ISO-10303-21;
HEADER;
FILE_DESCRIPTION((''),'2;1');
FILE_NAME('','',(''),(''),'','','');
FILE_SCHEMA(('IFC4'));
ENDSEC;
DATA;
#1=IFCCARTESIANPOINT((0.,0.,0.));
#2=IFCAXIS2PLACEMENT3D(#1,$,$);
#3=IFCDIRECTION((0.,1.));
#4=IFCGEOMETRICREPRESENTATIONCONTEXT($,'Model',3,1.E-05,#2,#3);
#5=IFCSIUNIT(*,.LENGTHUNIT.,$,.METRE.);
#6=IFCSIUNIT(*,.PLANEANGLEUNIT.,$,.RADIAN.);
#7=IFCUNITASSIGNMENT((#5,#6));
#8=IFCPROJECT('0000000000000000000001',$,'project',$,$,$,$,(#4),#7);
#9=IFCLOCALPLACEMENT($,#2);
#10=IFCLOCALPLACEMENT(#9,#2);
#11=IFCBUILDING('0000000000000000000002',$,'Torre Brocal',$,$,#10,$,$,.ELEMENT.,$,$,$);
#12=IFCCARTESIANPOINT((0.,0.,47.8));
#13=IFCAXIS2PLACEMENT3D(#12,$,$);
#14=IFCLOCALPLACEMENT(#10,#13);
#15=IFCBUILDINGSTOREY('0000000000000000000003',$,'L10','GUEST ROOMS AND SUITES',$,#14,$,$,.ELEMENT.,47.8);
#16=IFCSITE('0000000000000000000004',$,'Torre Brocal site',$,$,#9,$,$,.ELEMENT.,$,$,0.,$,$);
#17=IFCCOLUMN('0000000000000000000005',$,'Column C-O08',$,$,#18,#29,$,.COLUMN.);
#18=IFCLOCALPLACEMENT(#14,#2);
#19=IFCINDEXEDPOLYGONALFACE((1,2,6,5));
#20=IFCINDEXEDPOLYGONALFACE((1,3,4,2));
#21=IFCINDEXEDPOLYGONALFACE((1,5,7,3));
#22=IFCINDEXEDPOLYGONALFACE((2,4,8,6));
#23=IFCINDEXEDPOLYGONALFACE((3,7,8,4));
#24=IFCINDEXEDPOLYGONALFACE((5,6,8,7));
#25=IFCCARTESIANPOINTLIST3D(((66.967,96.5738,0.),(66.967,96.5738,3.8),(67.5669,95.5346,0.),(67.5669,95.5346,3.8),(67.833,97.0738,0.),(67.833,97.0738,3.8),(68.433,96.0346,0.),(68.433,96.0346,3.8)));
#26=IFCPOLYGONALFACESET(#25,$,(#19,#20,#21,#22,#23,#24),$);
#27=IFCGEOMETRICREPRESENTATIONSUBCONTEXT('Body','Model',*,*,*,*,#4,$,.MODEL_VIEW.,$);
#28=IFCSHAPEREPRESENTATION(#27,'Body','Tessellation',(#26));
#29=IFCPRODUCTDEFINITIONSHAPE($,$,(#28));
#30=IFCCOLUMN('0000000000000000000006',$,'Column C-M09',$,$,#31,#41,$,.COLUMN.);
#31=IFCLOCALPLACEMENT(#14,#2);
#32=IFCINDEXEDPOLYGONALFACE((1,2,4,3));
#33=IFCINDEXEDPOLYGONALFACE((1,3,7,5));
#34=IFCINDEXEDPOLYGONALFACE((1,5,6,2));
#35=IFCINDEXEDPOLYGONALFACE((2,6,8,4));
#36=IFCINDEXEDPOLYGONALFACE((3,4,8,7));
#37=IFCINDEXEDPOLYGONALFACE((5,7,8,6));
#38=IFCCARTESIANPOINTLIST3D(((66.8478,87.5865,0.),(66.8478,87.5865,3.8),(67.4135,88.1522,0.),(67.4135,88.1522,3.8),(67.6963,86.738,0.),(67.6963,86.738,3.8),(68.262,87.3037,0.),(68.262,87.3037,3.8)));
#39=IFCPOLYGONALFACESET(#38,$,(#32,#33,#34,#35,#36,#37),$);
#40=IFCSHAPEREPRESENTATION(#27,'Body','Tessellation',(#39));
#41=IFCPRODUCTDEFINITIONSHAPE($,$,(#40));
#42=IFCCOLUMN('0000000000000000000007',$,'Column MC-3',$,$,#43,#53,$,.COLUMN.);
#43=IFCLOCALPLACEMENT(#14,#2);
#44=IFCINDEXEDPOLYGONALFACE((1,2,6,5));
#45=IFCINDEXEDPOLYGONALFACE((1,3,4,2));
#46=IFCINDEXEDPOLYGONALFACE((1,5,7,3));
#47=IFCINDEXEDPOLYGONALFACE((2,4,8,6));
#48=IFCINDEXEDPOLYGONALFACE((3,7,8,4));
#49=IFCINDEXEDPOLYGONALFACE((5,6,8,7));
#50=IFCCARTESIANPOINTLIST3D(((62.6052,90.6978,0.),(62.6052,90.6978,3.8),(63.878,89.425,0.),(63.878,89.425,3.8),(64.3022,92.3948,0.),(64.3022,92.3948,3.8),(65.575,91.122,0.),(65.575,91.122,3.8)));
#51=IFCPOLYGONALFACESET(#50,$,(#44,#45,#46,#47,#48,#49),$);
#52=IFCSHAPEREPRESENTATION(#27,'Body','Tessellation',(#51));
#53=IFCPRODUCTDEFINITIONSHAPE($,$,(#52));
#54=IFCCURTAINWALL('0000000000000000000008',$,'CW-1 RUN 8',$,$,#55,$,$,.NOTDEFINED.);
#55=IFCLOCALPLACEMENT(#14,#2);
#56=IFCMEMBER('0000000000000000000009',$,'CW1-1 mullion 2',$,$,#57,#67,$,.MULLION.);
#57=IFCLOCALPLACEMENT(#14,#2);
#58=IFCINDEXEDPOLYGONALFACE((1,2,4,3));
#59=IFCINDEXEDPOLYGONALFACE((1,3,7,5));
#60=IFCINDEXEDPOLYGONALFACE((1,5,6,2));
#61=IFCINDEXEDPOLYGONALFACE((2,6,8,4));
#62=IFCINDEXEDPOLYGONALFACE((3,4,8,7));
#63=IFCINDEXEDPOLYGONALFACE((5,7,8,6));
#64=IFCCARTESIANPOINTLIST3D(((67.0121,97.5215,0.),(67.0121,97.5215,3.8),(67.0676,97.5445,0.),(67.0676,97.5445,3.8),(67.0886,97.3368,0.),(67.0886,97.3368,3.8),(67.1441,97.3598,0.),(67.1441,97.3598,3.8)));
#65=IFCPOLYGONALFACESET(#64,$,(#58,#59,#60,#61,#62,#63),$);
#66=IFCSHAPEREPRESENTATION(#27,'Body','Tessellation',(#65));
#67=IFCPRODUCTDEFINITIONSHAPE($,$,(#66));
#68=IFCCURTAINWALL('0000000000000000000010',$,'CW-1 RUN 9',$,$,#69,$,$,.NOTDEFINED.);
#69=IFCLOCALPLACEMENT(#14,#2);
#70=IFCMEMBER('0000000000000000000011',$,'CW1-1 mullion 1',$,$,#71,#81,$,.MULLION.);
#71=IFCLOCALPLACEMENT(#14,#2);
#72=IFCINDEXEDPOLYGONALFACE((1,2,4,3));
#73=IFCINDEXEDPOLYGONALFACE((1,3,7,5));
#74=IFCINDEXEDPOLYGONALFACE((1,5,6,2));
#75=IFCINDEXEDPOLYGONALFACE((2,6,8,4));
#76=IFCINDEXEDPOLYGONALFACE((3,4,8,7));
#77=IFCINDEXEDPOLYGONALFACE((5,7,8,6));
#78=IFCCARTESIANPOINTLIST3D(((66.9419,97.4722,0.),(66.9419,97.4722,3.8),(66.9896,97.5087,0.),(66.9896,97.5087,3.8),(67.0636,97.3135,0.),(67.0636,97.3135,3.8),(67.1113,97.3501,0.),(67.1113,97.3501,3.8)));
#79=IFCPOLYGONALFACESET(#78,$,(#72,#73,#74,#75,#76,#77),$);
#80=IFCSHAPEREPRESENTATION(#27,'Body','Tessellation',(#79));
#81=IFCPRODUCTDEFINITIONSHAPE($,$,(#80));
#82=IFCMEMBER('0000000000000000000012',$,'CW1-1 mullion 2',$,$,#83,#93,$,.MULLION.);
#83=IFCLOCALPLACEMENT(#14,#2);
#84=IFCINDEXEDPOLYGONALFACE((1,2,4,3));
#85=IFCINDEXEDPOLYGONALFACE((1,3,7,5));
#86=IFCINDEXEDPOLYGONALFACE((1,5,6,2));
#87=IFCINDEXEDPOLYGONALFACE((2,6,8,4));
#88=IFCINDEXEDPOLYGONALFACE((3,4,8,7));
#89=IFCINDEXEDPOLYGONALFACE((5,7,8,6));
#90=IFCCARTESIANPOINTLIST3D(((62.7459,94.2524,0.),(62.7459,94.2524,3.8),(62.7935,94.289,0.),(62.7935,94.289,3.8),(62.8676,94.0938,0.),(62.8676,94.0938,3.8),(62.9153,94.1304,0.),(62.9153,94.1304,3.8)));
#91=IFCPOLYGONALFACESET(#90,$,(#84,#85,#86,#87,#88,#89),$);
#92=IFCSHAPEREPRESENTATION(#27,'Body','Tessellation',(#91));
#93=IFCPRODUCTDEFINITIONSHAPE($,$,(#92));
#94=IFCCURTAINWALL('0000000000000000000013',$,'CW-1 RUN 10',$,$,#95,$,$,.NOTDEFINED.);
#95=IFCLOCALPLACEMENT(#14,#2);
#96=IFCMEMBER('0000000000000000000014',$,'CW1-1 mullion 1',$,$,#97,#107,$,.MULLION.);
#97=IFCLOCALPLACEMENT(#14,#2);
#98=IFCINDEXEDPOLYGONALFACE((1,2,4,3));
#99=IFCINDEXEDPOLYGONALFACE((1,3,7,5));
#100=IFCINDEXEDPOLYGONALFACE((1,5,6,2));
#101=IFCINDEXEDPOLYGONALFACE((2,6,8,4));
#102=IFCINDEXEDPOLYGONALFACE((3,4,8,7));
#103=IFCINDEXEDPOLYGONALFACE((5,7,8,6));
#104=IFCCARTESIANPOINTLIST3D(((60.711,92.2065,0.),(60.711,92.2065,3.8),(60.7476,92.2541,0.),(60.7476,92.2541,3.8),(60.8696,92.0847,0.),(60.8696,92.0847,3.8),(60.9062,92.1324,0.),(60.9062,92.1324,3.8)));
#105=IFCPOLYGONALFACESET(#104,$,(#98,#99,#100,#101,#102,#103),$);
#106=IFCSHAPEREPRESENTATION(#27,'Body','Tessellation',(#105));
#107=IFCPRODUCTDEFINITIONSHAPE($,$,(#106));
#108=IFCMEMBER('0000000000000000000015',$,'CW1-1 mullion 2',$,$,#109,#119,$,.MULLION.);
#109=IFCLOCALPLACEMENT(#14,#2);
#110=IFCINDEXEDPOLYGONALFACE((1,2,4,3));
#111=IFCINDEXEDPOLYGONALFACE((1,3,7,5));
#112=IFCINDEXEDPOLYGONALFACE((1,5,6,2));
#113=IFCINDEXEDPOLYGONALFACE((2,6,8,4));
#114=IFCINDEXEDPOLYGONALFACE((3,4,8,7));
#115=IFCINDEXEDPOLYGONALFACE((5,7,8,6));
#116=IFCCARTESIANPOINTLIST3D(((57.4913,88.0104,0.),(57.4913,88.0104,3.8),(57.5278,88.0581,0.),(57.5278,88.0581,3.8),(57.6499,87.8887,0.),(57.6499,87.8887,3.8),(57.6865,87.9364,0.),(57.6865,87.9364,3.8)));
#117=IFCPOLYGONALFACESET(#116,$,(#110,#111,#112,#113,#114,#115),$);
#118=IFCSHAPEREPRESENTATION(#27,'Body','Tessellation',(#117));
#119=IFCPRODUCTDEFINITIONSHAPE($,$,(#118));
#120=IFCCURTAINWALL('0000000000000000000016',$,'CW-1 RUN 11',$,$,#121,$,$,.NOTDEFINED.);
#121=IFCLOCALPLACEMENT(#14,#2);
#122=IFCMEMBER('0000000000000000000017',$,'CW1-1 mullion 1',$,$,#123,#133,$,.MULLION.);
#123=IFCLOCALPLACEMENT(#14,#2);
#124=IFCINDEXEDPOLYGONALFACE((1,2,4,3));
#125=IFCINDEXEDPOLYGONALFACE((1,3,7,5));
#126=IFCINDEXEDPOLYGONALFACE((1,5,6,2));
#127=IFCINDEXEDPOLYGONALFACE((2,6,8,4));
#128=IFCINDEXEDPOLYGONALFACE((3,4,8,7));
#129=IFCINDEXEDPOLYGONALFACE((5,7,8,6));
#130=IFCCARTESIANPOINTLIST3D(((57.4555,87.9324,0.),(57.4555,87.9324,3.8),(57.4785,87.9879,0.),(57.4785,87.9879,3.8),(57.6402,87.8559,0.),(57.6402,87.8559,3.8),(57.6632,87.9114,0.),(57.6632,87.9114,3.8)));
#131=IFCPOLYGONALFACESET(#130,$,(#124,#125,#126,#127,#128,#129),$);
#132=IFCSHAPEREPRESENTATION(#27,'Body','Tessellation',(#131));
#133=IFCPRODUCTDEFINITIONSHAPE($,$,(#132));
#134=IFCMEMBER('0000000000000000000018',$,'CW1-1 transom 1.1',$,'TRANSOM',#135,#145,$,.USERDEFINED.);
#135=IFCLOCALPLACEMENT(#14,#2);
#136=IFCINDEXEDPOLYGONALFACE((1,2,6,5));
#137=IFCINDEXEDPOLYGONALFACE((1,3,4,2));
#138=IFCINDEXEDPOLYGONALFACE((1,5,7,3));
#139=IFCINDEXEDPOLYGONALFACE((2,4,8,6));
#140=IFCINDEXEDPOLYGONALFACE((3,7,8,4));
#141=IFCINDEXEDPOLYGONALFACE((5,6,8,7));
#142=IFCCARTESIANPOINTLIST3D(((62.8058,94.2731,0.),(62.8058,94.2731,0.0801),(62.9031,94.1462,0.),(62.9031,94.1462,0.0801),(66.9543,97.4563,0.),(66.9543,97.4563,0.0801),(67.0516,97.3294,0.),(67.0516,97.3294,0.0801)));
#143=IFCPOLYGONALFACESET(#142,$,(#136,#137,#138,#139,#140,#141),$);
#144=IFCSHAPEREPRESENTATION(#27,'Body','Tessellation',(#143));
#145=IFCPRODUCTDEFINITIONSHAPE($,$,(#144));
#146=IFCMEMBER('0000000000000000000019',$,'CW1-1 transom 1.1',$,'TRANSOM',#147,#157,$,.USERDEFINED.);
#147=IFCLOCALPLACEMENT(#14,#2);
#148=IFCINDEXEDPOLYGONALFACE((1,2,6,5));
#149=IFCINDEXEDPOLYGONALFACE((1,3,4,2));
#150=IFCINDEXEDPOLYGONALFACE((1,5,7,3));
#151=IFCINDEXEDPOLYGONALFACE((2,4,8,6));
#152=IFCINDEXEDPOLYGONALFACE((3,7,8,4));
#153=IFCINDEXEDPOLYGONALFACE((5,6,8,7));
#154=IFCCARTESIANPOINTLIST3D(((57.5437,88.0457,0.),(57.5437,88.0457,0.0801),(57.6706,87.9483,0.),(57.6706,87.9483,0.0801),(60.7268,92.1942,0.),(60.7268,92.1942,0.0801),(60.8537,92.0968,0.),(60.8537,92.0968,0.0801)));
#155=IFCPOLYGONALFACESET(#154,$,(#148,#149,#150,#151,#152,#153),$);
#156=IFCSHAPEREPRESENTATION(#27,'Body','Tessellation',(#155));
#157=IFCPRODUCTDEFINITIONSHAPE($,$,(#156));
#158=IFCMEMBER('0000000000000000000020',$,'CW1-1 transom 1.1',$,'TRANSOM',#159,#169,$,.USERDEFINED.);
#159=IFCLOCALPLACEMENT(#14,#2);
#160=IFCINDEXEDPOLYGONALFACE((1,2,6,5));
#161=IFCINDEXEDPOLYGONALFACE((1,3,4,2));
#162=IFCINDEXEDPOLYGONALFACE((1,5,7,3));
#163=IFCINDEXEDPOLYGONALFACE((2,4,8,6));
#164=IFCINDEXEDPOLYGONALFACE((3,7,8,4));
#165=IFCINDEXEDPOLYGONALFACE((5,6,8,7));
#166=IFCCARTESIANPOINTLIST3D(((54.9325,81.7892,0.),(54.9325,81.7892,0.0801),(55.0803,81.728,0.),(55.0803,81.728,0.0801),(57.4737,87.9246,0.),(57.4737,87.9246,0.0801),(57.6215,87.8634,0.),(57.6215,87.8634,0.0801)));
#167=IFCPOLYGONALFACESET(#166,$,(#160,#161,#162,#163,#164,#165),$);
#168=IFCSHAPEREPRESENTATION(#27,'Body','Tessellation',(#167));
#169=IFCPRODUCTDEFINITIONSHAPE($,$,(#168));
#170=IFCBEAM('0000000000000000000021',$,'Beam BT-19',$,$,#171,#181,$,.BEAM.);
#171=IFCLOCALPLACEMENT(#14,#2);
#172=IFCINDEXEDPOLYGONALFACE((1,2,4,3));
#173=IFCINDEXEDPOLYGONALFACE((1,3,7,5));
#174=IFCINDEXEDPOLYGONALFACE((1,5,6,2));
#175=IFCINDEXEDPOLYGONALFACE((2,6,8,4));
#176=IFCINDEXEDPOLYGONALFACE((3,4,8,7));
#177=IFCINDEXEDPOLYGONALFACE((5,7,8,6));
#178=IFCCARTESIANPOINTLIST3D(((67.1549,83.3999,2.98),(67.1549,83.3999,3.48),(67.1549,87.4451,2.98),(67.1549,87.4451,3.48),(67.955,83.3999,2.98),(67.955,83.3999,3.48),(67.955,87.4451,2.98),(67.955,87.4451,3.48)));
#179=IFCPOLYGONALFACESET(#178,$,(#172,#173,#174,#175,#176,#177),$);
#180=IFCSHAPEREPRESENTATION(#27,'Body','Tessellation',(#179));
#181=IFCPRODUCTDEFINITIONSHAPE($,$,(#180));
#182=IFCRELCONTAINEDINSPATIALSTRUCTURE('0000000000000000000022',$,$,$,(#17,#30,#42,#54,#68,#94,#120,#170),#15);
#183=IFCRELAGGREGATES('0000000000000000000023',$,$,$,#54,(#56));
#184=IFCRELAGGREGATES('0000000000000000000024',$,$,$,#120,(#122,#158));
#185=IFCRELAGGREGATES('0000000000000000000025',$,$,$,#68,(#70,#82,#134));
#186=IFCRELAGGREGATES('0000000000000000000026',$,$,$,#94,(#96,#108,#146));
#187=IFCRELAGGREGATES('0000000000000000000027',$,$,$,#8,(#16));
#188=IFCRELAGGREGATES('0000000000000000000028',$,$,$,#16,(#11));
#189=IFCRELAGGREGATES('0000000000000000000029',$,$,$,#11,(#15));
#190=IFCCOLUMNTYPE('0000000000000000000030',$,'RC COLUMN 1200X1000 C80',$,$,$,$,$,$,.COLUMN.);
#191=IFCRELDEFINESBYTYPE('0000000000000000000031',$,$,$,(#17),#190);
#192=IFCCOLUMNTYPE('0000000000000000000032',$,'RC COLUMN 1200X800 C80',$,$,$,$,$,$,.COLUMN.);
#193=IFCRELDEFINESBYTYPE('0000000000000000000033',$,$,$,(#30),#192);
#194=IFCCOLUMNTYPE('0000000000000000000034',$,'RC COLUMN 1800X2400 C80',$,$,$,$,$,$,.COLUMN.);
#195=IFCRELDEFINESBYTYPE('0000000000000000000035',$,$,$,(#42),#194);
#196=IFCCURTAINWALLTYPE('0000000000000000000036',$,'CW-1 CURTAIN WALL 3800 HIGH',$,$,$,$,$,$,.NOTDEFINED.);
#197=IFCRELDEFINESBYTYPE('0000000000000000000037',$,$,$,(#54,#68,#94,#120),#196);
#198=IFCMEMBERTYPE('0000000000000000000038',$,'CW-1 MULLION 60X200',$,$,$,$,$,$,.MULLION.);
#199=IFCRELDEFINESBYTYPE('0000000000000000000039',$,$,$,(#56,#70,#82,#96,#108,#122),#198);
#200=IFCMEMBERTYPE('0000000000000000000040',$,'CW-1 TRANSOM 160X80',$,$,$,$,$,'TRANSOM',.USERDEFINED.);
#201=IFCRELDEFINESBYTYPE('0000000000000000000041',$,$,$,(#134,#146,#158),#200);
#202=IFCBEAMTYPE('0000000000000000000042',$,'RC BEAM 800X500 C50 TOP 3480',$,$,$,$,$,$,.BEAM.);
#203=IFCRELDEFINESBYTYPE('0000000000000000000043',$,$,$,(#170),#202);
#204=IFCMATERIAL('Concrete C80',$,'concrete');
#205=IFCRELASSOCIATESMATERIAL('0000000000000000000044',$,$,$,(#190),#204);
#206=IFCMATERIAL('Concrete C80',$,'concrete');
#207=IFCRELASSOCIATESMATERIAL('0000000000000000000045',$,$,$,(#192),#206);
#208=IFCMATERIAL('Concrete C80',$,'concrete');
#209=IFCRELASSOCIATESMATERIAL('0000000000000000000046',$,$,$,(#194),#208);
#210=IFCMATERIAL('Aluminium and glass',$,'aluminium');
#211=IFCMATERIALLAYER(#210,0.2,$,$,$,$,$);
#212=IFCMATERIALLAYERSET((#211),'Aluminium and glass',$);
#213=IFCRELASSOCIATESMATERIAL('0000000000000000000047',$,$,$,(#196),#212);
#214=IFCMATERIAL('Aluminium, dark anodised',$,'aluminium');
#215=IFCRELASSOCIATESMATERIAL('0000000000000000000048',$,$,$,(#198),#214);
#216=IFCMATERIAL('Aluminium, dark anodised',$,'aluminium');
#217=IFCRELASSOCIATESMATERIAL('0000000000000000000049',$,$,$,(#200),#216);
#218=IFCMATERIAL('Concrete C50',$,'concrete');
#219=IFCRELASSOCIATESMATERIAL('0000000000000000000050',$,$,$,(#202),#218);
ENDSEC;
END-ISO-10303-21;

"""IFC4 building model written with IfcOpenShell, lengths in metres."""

from ifc_helpers import new_model, si_unit, direction, frame, origin, origin_2d, place, context, subcontext, project, spatial, rectangle, extrude, material, layer, layer_set, material_profile, profile_set, type_object, element, aggregate, save


model = new_model("IFC4")

# Units and contexts
model_context = context("Model", 3, precision=1e-05, world=origin(), true_north=direction((0.0, 1.0)))
body_context = subcontext(model_context, "Body", "Model", "MODEL_VIEW")
ifc_project = project(units=[si_unit("LENGTHUNIT", "METRE"), si_unit("PLANEANGLEUNIT", "RADIAN")], contexts=[model_context])

# Site, building, storey
site_placement = place(None, origin())
site = spatial("IfcSite", under=ifc_project, at=site_placement, Name="Torre Brocal site", CompositionType="ELEMENT", RefElevation=0.0)
building_placement = place(site_placement, origin())
building = spatial("IfcBuilding", under=site, at=building_placement, Name="Torre Brocal", CompositionType="ELEMENT")
storey_placement = place(building_placement, frame((0.0, 0.0, 47.8)))
storey = spatial("IfcBuildingStorey", under=building, at=storey_placement, Name="L10", Description="GUEST ROOMS AND SUITES", CompositionType="ELEMENT", Elevation=47.8)

# Columns
ifc_material_1 = material(Name="Concrete C80", Category="concrete")
ifc_material_profile_1 = material_profile(ifc_material_1, rectangle(XDim=1.2, YDim=1.0, at=origin_2d()), Name="RC 1200X1000")
ifc_profile_set_1 = profile_set([ifc_material_profile_1], Name="Concrete C80")
column_type_1 = type_object("IfcColumnType", Name="RC COLUMN 1200X1000 C80", PredefinedType="COLUMN", material=ifc_profile_set_1)
column_1_placement = place(storey_placement, frame((67.7, 96.3042, 0.0), z_axis=(0.0, 0.0, 1.0), x_axis=(-0.5, 0.866025, 0.0)))
element("IfcColumn", 1, at=column_1_placement, inside=storey, type_object=column_type_1, Name="Column C-O08", PredefinedType="COLUMN", context=body_context, shape_type="SweptSolid", body=[
    extrude(rectangle(XDim=1.2, YDim=1.0, at=origin_2d()), origin(), (0.0, 0.0, 1.0), 3.8),
])
ifc_material_2 = material(Name="Concrete C80", Category="concrete")
ifc_material_profile_2 = material_profile(ifc_material_2, rectangle(XDim=1.2, YDim=0.8, at=origin_2d()), Name="RC 1200X800")
ifc_profile_set_2 = profile_set([ifc_material_profile_2], Name="Concrete C80")
column_type_2 = type_object("IfcColumnType", Name="RC COLUMN 1200X800 C80", PredefinedType="COLUMN", material=ifc_profile_set_2)
column_2_placement = place(storey_placement, frame((67.5549, 87.4451, 0.0), z_axis=(0.0, 0.0, 1.0), x_axis=(-0.707107, 0.707107, 0.0)))
element("IfcColumn", 2, at=column_2_placement, inside=storey, type_object=column_type_2, Name="Column C-M09", PredefinedType="COLUMN", context=body_context, shape_type="SweptSolid", body=[
    extrude(rectangle(XDim=1.2, YDim=0.8, at=origin_2d()), origin(), (0.0, 0.0, 1.0), 3.8),
])
ifc_material_3 = material(Name="Concrete C80", Category="concrete")
ifc_material_profile_3 = material_profile(ifc_material_3, rectangle(XDim=1.8, YDim=2.3999, at=origin_2d()), Name="RC 1800X2400")
ifc_profile_set_3 = profile_set([ifc_material_profile_3], Name="Concrete C80")
column_type_3 = type_object("IfcColumnType", Name="RC COLUMN 1800X2400 C80", PredefinedType="COLUMN", material=ifc_profile_set_3)
column_3_placement = place(storey_placement, frame((64.0901, 90.9099, 0.0), z_axis=(0.0, 0.0, 1.0), x_axis=(-0.707107, 0.707107, 0.0)))
element("IfcColumn", 3, at=column_3_placement, inside=storey, type_object=column_type_3, Name="Column MC-3", PredefinedType="COLUMN", context=body_context, shape_type="SweptSolid", body=[
    extrude(rectangle(XDim=1.8, YDim=2.3999, at=origin_2d()), origin(), (0.0, 0.0, 1.0), 3.8),
])

# Curtain wall, member
ifc_material_4 = material(Name="Aluminium and glass", Category="aluminium")
ifc_layer_1 = layer(ifc_material_4, 0.2)
ifc_layer_set_1 = layer_set([ifc_layer_1], Name="Aluminium and glass")
curtain_wall_type = type_object("IfcCurtainWallType", Name="CW-1 CURTAIN WALL 3800 HIGH", PredefinedType="NOTDEFINED", material=ifc_layer_set_1)
curtain_wall_1_placement = place(storey_placement, origin())
curtain_wall_1 = element("IfcCurtainWall", 4, at=curtain_wall_1_placement, inside=storey, type_object=curtain_wall_type, Name="CW-1 RUN 8", PredefinedType="NOTDEFINED")
ifc_material_5 = material(Name="Aluminium, dark anodised", Category="aluminium")
ifc_material_profile_4 = material_profile(ifc_material_5, rectangle(XDim=0.2, YDim=0.0601, at=origin_2d()), Name="CW-1 MULLION 60X200")
ifc_profile_set_4 = profile_set([ifc_material_profile_4], Name="Aluminium, dark anodised")
member_type_1 = type_object("IfcMemberType", Name="CW-1 MULLION 60X200", PredefinedType="MULLION", material=ifc_profile_set_4)
member_1_placement = place(storey_placement, frame((67.0781, 97.4407, 0.0), z_axis=(0.0, 0.0, 1.0), x_axis=(0.382683, -0.92388, 0.0)))
member_1 = element("IfcMember", 5, at=member_1_placement, type_object=member_type_1, Name="CW1-1 mullion 2", PredefinedType="MULLION", context=body_context, shape_type="SweptSolid", body=[
    extrude(rectangle(XDim=0.2, YDim=0.0601, at=origin_2d()), origin(), (0.0, 0.0, 1.0), 3.8),
])
aggregate(curtain_wall_1, [member_1])

# Curtain walls, members
curtain_wall_2_placement = place(storey_placement, origin())
curtain_wall_2 = element("IfcCurtainWall", 6, at=curtain_wall_2_placement, inside=storey, type_object=curtain_wall_type, Name="CW-1 RUN 9", PredefinedType="NOTDEFINED")
member_2_placement = place(storey_placement, frame((67.0266, 97.4111, 0.0), z_axis=(0.0, 0.0, 1.0), x_axis=(0.608761, -0.793353, 0.0)))
member_2 = element("IfcMember", 7, at=member_2_placement, type_object=member_type_1, Name="CW1-1 mullion 1", PredefinedType="MULLION", context=body_context, shape_type="SweptSolid", body=[
    extrude(rectangle(XDim=0.2, YDim=0.0601, at=origin_2d()), origin(), (0.0, 0.0, 1.0), 3.8),
])
member_3_placement = place(storey_placement, frame((62.8306, 94.1914, 0.0), z_axis=(0.0, 0.0, 1.0), x_axis=(0.608761, -0.793353, 0.0)))
member_3 = element("IfcMember", 8, at=member_3_placement, type_object=member_type_1, Name="CW1-1 mullion 2", PredefinedType="MULLION", context=body_context, shape_type="SweptSolid", body=[
    extrude(rectangle(XDim=0.2, YDim=0.0601, at=origin_2d()), origin(), (0.0, 0.0, 1.0), 3.8),
])
curtain_wall_3_placement = place(storey_placement, origin())
curtain_wall_3 = element("IfcCurtainWall", 9, at=curtain_wall_3_placement, inside=storey, type_object=curtain_wall_type, Name="CW-1 RUN 10", PredefinedType="NOTDEFINED")
member_4_placement = place(storey_placement, frame((60.8086, 92.1694, 0.0), z_axis=(0.0, 0.0, 1.0), x_axis=(0.793353, -0.608761, 0.0)))
member_4 = element("IfcMember", 10, at=member_4_placement, type_object=member_type_1, Name="CW1-1 mullion 1", PredefinedType="MULLION", context=body_context, shape_type="SweptSolid", body=[
    extrude(rectangle(XDim=0.2, YDim=0.0601, at=origin_2d()), origin(), (0.0, 0.0, 1.0), 3.8),
])
member_5_placement = place(storey_placement, frame((57.5889, 87.9734, 0.0), z_axis=(0.0, 0.0, 1.0), x_axis=(0.793353, -0.608761, 0.0)))
member_5 = element("IfcMember", 11, at=member_5_placement, type_object=member_type_1, Name="CW1-1 mullion 2", PredefinedType="MULLION", context=body_context, shape_type="SweptSolid", body=[
    extrude(rectangle(XDim=0.2, YDim=0.0601, at=origin_2d()), origin(), (0.0, 0.0, 1.0), 3.8),
])

# Curtain wall, member
curtain_wall_4_placement = place(storey_placement, origin())
curtain_wall_4 = element("IfcCurtainWall", 12, at=curtain_wall_4_placement, inside=storey, type_object=curtain_wall_type, Name="CW-1 RUN 11", PredefinedType="NOTDEFINED")
member_6_placement = place(storey_placement, frame((57.5593, 87.9219, 0.0), z_axis=(0.0, 0.0, 1.0), x_axis=(0.92388, -0.382683, 0.0)))
member_6 = element("IfcMember", 13, at=member_6_placement, type_object=member_type_1, Name="CW1-1 mullion 1", PredefinedType="MULLION", context=body_context, shape_type="SweptSolid", body=[
    extrude(rectangle(XDim=0.2, YDim=0.0601, at=origin_2d()), origin(), (0.0, 0.0, 1.0), 3.8),
])

# Members
ifc_material_6 = material(Name="Aluminium, dark anodised", Category="aluminium")
ifc_material_profile_5 = material_profile(ifc_material_6, rectangle(XDim=0.1599, YDim=0.0801, at=origin_2d()), Name="CW-1 TRANSOM 160X80")
ifc_profile_set_5 = profile_set([ifc_material_profile_5], Name="Aluminium, dark anodised")
member_type_2 = type_object("IfcMemberType", Name="CW-1 TRANSOM 160X80", ElementType="TRANSOM", PredefinedType="USERDEFINED", material=ifc_profile_set_5)
member_7_placement = place(storey_placement, frame((67.0029, 97.3928, 0.04), z_axis=(-0.793363, -0.608749, 0.0), x_axis=(0.608749, -0.793363, 0.0)))
member_7 = element("IfcMember", 14, at=member_7_placement, type_object=member_type_2, Name="CW1-1 transom 1.1", ObjectType="TRANSOM", PredefinedType="USERDEFINED", context=body_context, shape_type="SweptSolid", body=[
    extrude(rectangle(XDim=0.1599, YDim=0.0801, at=origin_2d()), origin(), (0.0, 0.0, 1.0), 5.229),
])
member_8_placement = place(storey_placement, frame((60.7903, 92.1455, 0.04), z_axis=(-0.608749, -0.793363, 0.0), x_axis=(0.793363, -0.608749, 0.0)))
member_8 = element("IfcMember", 15, at=member_8_placement, type_object=member_type_2, Name="CW1-1 transom 1.1", ObjectType="TRANSOM", PredefinedType="USERDEFINED", context=body_context, shape_type="SweptSolid", body=[
    extrude(rectangle(XDim=0.1599, YDim=0.0801, at=origin_2d()), origin(), (0.0, 0.0, 1.0), 5.229),
])
member_9_placement = place(storey_placement, frame((57.5476, 87.894, 0.04), z_axis=(-0.382665, -0.923887, 0.0), x_axis=(0.923887, -0.382665, 0.0)))
member_9 = element("IfcMember", 16, at=member_9_placement, type_object=member_type_2, Name="CW1-1 transom 1.1", ObjectType="TRANSOM", PredefinedType="USERDEFINED", context=body_context, shape_type="SweptSolid", body=[
    extrude(rectangle(XDim=0.1599, YDim=0.0801, at=origin_2d()), origin(), (0.0, 0.0, 1.0), 6.6409),
])
aggregate(curtain_wall_4, [member_6, member_9])

# Beam
ifc_material_7 = material(Name="Concrete C50", Category="concrete")
ifc_material_profile_6 = material_profile(ifc_material_7, rectangle(XDim=0.8, YDim=0.5, at=origin_2d()), Name="RC 800X500")
ifc_profile_set_6 = profile_set([ifc_material_profile_6], Name="Concrete C50")
beam_type_1 = type_object("IfcBeamType", Name="RC BEAM 800X500 C50 TOP 3480", PredefinedType="BEAM", material=ifc_profile_set_6)
beam_placement = place(storey_placement, frame((67.5549, 87.4451, 3.23), z_axis=(0.0, -1.0, 0.0), x_axis=(1.0, 0.0, 0.0)))
element("IfcBeam", 17, at=beam_placement, inside=storey, type_object=beam_type_1, Name="Beam BT-19", PredefinedType="BEAM", context=body_context, shape_type="SweptSolid", body=[
    extrude(rectangle(XDim=0.8, YDim=0.5, at=origin_2d()), origin(), (0.0, 0.0, 1.0), 4.0452),
])

aggregate(curtain_wall_2, [member_2, member_3, member_7])
aggregate(curtain_wall_3, [member_4, member_5, member_8])

save(model, "model.ifc")
